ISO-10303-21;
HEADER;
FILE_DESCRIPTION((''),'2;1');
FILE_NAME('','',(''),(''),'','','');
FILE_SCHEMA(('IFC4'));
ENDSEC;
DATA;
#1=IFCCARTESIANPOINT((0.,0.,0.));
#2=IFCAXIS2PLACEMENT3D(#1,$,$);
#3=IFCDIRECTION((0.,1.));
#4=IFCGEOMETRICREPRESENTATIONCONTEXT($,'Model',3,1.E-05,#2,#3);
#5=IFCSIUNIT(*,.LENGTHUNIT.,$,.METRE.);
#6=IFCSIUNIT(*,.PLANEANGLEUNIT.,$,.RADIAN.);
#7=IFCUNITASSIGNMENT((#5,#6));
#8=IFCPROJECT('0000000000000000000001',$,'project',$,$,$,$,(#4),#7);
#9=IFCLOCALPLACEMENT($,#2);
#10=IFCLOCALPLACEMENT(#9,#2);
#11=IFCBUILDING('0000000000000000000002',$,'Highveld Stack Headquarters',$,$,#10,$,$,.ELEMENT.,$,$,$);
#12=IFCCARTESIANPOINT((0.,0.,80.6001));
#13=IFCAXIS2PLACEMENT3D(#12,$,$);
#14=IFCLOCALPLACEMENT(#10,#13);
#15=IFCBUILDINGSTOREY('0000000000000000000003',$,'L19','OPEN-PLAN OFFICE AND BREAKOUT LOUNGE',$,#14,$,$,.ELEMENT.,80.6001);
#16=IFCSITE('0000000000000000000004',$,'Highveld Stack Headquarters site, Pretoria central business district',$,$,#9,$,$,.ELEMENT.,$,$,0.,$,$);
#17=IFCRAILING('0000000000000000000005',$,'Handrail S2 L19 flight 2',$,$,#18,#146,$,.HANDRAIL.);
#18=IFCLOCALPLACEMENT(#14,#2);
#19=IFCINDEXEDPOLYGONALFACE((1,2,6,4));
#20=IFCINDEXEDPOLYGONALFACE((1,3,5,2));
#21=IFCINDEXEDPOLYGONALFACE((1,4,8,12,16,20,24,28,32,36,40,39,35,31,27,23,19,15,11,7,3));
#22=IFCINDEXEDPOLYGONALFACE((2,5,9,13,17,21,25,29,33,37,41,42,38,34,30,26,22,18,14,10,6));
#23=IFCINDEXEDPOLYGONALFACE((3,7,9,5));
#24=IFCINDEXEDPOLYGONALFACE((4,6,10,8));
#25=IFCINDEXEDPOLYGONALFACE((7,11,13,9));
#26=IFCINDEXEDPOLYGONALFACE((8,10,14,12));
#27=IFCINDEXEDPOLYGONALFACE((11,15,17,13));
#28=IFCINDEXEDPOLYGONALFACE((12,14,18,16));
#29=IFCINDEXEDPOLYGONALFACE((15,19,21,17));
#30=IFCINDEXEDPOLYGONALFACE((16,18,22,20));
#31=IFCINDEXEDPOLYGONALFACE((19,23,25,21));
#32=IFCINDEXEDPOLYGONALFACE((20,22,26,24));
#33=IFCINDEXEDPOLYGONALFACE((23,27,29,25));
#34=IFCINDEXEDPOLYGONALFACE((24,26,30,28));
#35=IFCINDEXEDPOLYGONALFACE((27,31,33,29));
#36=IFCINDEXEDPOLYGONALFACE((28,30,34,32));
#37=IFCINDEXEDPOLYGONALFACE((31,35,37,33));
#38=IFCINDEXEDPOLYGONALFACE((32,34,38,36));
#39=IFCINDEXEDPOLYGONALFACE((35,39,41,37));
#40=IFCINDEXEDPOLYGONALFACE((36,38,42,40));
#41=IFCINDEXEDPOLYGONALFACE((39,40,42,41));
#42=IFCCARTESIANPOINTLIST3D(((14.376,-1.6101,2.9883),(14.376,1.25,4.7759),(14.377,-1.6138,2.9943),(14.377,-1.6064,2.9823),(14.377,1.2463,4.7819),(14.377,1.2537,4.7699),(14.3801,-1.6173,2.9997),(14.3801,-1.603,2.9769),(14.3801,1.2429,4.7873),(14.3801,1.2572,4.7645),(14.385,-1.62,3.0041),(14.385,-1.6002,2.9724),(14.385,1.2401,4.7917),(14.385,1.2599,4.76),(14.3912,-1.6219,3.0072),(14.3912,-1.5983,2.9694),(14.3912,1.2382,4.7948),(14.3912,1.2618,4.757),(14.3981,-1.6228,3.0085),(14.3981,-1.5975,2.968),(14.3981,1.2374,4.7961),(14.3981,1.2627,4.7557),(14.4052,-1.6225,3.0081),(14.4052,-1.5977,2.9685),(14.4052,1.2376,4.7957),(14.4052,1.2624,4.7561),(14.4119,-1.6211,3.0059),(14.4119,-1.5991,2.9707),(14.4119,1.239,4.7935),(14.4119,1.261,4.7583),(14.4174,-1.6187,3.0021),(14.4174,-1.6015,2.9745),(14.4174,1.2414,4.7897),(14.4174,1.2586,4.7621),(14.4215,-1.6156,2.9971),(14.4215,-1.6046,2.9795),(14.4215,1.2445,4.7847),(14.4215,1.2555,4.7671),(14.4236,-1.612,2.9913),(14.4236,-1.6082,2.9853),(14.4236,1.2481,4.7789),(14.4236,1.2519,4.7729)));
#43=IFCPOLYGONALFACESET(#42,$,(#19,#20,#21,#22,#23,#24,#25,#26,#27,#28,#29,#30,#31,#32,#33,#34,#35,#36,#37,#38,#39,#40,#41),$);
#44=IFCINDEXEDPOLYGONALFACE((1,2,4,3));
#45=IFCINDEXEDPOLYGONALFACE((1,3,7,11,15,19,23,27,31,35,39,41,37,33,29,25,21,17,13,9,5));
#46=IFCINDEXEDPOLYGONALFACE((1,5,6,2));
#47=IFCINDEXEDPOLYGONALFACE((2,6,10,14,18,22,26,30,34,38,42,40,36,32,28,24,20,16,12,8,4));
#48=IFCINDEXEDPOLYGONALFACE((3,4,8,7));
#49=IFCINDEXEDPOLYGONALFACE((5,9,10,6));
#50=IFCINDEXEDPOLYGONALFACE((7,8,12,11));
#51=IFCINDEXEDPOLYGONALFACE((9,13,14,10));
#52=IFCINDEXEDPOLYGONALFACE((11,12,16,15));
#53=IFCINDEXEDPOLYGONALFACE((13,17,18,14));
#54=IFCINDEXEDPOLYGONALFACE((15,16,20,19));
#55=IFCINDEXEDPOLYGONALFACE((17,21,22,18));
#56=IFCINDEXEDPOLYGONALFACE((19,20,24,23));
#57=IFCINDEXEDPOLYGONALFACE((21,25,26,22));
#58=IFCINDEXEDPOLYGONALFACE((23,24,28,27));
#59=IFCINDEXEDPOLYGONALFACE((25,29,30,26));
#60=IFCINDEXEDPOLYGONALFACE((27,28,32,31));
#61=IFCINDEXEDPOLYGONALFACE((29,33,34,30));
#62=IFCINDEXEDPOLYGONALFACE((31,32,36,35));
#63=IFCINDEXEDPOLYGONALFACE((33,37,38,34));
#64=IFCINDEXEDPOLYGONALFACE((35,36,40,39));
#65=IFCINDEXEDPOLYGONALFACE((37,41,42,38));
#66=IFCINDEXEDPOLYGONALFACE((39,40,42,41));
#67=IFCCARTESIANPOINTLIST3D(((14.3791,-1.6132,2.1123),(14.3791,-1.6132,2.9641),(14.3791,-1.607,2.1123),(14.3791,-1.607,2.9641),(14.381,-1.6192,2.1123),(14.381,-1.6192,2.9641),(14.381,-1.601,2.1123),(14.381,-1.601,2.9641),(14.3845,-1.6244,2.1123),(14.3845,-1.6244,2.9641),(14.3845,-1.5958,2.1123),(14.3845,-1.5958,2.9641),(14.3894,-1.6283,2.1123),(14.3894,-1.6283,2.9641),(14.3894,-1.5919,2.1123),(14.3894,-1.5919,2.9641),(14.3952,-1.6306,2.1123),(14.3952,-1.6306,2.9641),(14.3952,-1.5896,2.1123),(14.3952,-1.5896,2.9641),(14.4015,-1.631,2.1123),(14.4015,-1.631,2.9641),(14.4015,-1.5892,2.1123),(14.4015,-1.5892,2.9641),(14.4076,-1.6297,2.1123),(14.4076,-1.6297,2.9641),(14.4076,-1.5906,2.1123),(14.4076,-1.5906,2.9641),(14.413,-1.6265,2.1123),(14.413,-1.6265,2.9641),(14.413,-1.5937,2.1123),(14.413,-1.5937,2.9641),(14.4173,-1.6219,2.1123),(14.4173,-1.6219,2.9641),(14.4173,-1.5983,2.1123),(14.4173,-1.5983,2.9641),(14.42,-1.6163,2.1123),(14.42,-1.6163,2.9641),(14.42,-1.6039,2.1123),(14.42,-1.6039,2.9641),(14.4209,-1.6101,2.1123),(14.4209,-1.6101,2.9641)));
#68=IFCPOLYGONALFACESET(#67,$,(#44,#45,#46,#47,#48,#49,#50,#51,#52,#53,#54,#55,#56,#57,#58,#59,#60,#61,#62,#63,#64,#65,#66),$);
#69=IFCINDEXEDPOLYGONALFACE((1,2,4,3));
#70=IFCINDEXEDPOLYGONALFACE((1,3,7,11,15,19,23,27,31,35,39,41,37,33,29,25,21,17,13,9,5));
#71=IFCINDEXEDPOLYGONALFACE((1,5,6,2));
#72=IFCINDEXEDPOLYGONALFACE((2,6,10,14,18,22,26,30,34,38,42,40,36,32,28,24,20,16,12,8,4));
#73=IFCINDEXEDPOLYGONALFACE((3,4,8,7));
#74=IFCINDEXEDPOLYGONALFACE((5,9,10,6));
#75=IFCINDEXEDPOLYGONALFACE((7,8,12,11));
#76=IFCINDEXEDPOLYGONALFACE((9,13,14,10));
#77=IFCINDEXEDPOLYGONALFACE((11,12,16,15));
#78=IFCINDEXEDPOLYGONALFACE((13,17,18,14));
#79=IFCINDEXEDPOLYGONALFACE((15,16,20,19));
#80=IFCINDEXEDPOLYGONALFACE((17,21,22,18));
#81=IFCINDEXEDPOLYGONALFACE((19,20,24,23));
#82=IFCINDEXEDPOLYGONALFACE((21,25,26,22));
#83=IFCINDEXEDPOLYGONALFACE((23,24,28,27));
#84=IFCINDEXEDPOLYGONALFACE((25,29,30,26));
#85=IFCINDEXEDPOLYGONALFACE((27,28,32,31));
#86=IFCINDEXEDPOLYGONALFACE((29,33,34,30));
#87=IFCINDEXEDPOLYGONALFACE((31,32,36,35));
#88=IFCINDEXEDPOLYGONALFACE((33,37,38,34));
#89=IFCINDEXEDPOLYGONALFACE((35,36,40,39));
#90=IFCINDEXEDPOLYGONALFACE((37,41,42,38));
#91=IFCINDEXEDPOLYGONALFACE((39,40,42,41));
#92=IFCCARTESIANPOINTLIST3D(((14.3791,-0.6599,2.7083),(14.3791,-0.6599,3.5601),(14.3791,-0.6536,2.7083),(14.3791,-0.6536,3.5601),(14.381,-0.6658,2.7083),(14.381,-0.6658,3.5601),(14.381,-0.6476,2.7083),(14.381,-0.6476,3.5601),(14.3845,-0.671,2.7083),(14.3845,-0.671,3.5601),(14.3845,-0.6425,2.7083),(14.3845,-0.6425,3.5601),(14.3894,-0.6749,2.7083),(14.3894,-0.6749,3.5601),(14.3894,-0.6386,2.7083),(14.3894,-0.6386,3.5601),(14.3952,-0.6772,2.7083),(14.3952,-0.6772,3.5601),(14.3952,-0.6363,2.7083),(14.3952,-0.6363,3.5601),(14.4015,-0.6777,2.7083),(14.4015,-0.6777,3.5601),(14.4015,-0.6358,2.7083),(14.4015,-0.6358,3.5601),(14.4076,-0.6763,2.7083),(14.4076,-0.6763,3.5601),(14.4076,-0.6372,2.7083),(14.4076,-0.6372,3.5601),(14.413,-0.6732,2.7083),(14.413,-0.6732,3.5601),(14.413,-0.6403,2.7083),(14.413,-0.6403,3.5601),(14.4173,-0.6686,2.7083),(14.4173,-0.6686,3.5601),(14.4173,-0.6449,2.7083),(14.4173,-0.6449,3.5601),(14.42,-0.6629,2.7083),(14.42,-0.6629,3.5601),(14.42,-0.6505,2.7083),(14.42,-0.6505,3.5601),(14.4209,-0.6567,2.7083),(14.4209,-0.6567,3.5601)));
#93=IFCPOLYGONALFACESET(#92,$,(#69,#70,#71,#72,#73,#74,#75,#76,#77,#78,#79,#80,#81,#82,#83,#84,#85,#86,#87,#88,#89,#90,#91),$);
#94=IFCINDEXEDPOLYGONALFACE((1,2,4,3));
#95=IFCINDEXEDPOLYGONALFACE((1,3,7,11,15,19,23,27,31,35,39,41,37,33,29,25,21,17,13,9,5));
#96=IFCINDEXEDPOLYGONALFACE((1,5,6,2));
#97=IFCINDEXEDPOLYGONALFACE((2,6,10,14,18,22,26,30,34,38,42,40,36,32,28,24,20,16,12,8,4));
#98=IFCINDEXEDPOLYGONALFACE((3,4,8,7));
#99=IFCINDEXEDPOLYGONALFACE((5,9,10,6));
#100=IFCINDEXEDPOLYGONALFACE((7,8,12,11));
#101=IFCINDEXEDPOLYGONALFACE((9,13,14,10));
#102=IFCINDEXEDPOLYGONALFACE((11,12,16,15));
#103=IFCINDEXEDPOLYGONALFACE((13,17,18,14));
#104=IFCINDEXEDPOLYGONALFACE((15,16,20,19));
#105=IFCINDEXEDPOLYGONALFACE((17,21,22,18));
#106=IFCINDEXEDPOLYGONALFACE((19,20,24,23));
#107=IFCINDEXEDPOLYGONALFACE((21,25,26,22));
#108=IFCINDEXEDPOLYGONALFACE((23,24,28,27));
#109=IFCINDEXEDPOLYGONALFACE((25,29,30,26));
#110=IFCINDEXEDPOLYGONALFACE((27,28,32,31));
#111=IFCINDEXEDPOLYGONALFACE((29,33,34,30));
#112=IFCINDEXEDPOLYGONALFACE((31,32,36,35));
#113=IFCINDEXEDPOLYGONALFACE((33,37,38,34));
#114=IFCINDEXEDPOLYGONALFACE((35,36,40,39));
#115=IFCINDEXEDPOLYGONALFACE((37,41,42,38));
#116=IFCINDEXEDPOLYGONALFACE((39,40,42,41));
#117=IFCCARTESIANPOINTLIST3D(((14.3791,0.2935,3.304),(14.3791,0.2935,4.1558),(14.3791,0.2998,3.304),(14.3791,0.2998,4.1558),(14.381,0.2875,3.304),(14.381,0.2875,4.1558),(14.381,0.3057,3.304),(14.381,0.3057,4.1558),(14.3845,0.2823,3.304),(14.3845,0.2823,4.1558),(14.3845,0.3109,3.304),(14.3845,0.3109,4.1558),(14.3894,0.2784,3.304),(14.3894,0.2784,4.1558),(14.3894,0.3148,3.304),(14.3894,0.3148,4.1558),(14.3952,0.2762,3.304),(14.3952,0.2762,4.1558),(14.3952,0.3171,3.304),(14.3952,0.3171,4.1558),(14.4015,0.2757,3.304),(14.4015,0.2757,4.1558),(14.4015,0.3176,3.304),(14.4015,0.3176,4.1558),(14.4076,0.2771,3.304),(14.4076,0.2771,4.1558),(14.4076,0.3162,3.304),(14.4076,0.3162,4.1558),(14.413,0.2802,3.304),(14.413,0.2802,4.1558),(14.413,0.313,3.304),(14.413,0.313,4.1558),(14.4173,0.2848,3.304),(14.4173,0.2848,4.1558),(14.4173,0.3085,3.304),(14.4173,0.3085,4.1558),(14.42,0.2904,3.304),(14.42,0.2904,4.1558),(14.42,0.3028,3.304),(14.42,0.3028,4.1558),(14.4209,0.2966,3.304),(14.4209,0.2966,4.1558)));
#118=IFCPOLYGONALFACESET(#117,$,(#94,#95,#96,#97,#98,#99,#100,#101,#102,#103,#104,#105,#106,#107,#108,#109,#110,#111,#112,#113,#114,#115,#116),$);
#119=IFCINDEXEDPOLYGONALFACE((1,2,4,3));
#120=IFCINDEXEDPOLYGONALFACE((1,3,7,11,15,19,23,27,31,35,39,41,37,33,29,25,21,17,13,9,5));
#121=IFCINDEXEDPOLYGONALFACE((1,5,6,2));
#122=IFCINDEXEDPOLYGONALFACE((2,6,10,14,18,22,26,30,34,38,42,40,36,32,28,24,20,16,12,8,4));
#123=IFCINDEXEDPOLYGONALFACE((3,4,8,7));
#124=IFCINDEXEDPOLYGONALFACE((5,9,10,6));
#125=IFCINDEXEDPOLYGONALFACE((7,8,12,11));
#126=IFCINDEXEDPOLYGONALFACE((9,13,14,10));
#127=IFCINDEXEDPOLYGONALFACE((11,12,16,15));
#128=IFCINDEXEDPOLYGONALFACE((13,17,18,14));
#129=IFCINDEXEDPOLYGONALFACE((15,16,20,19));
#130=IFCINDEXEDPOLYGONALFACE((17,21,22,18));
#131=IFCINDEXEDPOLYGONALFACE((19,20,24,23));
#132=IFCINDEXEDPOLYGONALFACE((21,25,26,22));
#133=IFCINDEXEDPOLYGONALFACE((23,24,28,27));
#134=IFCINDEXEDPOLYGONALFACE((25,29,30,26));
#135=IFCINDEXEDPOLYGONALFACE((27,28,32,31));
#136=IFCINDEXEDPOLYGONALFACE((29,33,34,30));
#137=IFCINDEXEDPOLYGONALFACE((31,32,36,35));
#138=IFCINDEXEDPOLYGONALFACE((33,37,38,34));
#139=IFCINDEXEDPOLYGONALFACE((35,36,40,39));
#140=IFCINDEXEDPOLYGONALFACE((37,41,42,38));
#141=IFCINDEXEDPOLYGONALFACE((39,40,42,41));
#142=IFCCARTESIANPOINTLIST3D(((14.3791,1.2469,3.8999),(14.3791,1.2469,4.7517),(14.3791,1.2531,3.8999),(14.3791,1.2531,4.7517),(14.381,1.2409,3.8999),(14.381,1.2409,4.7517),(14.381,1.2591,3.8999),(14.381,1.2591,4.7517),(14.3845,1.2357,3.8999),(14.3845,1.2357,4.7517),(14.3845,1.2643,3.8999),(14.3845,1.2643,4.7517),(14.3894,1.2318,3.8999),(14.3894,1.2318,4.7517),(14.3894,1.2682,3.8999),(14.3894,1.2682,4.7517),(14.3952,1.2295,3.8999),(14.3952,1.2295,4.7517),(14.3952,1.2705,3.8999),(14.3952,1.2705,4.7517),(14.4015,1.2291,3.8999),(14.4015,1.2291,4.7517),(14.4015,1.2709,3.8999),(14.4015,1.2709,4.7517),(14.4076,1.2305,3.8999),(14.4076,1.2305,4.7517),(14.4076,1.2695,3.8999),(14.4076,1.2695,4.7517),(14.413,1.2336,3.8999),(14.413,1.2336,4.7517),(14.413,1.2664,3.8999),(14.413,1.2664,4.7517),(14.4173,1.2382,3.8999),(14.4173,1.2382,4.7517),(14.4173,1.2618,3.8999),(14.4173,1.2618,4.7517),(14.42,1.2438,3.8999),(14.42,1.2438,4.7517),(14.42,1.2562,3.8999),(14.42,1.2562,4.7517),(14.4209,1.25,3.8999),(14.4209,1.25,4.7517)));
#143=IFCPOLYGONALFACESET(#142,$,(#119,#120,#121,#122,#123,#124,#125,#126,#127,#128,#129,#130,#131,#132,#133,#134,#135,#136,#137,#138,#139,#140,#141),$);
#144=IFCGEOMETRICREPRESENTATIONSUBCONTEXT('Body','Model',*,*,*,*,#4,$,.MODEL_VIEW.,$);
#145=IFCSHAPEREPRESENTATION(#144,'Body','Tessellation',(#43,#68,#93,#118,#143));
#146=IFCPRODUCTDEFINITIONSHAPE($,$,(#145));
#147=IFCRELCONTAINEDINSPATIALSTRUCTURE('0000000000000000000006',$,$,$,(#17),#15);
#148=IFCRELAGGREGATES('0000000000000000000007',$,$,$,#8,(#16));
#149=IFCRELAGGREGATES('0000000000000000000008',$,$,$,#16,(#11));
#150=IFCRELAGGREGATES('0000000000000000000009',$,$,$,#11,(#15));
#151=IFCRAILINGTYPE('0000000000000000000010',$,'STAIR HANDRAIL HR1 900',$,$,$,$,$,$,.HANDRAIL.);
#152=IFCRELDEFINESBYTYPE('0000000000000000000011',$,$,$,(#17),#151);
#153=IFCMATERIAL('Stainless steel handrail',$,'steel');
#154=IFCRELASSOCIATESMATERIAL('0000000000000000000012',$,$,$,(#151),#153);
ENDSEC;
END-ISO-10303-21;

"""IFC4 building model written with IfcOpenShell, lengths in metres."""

from ifc_helpers import new_model, si_unit, direction, frame, origin, origin_2d, place, context, subcontext, project, spatial, circle, extrude, material, type_object, element, save


model = new_model("IFC4")

# Units and contexts
model_context = context("Model", 3, precision=1e-05, world=origin(), true_north=direction((0.0, 1.0)))
body_context = subcontext(model_context, "Body", "Model", "MODEL_VIEW")
ifc_project = project(units=[si_unit("LENGTHUNIT", "METRE"), si_unit("PLANEANGLEUNIT", "RADIAN")], contexts=[model_context])

# Site, building, storey
site_placement = place(None, origin())
site = spatial("IfcSite", under=ifc_project, at=site_placement, Name="Highveld Stack Headquarters site, Pretoria central business district", CompositionType="ELEMENT", RefElevation=0.0)
building_placement = place(site_placement, origin())
building = spatial("IfcBuilding", under=site, at=building_placement, Name="Highveld Stack Headquarters", CompositionType="ELEMENT")
storey_placement = place(building_placement, frame((0.0, 0.0, 80.6001)))
storey = spatial("IfcBuildingStorey", under=building, at=storey_placement, Name="L19", Description="OPEN-PLAN OFFICE AND BREAKOUT LOUNGE", CompositionType="ELEMENT", Elevation=80.6001)

# Railing
ifc_material_1 = material(Name="Stainless steel handrail", Category="steel")
railing_type = type_object("IfcRailingType", Name="STAIR HANDRAIL HR1 900", PredefinedType="HANDRAIL", material=ifc_material_1)
for number, where, name in (
    (1, (14.3999, -1.6101, 2.1123), "Handrail S2 L19 flight 2"),
):
    element("IfcRailing", number, at=place(storey_placement, frame(where)), inside=storey, type_object=railing_type, Name=name, PredefinedType="HANDRAIL", context=body_context, shape_type="SweptSolid", body=[
        extrude(circle(Radius=0.0239, at=origin_2d()), frame((0.0, 0.0, 0.876), z_axis=(0.0, 0.847994, 0.530005), x_axis=(-1.0, 0.0, 0.0)), (0.0, 0.0, 1.0), 3.3728),
        extrude(circle(Radius=0.021, at=origin_2d()), origin(), (0.0, 0.0, 1.0), 0.8518),
        extrude(circle(Radius=0.021, at=origin_2d()), frame((0.0, 0.9534, 0.5959)), (0.0, 0.0, 1.0), 0.8518),
        extrude(circle(Radius=0.021, at=origin_2d()), frame((0.0, 1.9067, 1.1917)), (0.0, 0.0, 1.0), 0.8518),
        extrude(circle(Radius=0.021, at=origin_2d()), frame((0.0, 2.8601, 1.7876)), (0.0, 0.0, 1.0), 0.8518),
    ])

save(model, "model.ifc")
